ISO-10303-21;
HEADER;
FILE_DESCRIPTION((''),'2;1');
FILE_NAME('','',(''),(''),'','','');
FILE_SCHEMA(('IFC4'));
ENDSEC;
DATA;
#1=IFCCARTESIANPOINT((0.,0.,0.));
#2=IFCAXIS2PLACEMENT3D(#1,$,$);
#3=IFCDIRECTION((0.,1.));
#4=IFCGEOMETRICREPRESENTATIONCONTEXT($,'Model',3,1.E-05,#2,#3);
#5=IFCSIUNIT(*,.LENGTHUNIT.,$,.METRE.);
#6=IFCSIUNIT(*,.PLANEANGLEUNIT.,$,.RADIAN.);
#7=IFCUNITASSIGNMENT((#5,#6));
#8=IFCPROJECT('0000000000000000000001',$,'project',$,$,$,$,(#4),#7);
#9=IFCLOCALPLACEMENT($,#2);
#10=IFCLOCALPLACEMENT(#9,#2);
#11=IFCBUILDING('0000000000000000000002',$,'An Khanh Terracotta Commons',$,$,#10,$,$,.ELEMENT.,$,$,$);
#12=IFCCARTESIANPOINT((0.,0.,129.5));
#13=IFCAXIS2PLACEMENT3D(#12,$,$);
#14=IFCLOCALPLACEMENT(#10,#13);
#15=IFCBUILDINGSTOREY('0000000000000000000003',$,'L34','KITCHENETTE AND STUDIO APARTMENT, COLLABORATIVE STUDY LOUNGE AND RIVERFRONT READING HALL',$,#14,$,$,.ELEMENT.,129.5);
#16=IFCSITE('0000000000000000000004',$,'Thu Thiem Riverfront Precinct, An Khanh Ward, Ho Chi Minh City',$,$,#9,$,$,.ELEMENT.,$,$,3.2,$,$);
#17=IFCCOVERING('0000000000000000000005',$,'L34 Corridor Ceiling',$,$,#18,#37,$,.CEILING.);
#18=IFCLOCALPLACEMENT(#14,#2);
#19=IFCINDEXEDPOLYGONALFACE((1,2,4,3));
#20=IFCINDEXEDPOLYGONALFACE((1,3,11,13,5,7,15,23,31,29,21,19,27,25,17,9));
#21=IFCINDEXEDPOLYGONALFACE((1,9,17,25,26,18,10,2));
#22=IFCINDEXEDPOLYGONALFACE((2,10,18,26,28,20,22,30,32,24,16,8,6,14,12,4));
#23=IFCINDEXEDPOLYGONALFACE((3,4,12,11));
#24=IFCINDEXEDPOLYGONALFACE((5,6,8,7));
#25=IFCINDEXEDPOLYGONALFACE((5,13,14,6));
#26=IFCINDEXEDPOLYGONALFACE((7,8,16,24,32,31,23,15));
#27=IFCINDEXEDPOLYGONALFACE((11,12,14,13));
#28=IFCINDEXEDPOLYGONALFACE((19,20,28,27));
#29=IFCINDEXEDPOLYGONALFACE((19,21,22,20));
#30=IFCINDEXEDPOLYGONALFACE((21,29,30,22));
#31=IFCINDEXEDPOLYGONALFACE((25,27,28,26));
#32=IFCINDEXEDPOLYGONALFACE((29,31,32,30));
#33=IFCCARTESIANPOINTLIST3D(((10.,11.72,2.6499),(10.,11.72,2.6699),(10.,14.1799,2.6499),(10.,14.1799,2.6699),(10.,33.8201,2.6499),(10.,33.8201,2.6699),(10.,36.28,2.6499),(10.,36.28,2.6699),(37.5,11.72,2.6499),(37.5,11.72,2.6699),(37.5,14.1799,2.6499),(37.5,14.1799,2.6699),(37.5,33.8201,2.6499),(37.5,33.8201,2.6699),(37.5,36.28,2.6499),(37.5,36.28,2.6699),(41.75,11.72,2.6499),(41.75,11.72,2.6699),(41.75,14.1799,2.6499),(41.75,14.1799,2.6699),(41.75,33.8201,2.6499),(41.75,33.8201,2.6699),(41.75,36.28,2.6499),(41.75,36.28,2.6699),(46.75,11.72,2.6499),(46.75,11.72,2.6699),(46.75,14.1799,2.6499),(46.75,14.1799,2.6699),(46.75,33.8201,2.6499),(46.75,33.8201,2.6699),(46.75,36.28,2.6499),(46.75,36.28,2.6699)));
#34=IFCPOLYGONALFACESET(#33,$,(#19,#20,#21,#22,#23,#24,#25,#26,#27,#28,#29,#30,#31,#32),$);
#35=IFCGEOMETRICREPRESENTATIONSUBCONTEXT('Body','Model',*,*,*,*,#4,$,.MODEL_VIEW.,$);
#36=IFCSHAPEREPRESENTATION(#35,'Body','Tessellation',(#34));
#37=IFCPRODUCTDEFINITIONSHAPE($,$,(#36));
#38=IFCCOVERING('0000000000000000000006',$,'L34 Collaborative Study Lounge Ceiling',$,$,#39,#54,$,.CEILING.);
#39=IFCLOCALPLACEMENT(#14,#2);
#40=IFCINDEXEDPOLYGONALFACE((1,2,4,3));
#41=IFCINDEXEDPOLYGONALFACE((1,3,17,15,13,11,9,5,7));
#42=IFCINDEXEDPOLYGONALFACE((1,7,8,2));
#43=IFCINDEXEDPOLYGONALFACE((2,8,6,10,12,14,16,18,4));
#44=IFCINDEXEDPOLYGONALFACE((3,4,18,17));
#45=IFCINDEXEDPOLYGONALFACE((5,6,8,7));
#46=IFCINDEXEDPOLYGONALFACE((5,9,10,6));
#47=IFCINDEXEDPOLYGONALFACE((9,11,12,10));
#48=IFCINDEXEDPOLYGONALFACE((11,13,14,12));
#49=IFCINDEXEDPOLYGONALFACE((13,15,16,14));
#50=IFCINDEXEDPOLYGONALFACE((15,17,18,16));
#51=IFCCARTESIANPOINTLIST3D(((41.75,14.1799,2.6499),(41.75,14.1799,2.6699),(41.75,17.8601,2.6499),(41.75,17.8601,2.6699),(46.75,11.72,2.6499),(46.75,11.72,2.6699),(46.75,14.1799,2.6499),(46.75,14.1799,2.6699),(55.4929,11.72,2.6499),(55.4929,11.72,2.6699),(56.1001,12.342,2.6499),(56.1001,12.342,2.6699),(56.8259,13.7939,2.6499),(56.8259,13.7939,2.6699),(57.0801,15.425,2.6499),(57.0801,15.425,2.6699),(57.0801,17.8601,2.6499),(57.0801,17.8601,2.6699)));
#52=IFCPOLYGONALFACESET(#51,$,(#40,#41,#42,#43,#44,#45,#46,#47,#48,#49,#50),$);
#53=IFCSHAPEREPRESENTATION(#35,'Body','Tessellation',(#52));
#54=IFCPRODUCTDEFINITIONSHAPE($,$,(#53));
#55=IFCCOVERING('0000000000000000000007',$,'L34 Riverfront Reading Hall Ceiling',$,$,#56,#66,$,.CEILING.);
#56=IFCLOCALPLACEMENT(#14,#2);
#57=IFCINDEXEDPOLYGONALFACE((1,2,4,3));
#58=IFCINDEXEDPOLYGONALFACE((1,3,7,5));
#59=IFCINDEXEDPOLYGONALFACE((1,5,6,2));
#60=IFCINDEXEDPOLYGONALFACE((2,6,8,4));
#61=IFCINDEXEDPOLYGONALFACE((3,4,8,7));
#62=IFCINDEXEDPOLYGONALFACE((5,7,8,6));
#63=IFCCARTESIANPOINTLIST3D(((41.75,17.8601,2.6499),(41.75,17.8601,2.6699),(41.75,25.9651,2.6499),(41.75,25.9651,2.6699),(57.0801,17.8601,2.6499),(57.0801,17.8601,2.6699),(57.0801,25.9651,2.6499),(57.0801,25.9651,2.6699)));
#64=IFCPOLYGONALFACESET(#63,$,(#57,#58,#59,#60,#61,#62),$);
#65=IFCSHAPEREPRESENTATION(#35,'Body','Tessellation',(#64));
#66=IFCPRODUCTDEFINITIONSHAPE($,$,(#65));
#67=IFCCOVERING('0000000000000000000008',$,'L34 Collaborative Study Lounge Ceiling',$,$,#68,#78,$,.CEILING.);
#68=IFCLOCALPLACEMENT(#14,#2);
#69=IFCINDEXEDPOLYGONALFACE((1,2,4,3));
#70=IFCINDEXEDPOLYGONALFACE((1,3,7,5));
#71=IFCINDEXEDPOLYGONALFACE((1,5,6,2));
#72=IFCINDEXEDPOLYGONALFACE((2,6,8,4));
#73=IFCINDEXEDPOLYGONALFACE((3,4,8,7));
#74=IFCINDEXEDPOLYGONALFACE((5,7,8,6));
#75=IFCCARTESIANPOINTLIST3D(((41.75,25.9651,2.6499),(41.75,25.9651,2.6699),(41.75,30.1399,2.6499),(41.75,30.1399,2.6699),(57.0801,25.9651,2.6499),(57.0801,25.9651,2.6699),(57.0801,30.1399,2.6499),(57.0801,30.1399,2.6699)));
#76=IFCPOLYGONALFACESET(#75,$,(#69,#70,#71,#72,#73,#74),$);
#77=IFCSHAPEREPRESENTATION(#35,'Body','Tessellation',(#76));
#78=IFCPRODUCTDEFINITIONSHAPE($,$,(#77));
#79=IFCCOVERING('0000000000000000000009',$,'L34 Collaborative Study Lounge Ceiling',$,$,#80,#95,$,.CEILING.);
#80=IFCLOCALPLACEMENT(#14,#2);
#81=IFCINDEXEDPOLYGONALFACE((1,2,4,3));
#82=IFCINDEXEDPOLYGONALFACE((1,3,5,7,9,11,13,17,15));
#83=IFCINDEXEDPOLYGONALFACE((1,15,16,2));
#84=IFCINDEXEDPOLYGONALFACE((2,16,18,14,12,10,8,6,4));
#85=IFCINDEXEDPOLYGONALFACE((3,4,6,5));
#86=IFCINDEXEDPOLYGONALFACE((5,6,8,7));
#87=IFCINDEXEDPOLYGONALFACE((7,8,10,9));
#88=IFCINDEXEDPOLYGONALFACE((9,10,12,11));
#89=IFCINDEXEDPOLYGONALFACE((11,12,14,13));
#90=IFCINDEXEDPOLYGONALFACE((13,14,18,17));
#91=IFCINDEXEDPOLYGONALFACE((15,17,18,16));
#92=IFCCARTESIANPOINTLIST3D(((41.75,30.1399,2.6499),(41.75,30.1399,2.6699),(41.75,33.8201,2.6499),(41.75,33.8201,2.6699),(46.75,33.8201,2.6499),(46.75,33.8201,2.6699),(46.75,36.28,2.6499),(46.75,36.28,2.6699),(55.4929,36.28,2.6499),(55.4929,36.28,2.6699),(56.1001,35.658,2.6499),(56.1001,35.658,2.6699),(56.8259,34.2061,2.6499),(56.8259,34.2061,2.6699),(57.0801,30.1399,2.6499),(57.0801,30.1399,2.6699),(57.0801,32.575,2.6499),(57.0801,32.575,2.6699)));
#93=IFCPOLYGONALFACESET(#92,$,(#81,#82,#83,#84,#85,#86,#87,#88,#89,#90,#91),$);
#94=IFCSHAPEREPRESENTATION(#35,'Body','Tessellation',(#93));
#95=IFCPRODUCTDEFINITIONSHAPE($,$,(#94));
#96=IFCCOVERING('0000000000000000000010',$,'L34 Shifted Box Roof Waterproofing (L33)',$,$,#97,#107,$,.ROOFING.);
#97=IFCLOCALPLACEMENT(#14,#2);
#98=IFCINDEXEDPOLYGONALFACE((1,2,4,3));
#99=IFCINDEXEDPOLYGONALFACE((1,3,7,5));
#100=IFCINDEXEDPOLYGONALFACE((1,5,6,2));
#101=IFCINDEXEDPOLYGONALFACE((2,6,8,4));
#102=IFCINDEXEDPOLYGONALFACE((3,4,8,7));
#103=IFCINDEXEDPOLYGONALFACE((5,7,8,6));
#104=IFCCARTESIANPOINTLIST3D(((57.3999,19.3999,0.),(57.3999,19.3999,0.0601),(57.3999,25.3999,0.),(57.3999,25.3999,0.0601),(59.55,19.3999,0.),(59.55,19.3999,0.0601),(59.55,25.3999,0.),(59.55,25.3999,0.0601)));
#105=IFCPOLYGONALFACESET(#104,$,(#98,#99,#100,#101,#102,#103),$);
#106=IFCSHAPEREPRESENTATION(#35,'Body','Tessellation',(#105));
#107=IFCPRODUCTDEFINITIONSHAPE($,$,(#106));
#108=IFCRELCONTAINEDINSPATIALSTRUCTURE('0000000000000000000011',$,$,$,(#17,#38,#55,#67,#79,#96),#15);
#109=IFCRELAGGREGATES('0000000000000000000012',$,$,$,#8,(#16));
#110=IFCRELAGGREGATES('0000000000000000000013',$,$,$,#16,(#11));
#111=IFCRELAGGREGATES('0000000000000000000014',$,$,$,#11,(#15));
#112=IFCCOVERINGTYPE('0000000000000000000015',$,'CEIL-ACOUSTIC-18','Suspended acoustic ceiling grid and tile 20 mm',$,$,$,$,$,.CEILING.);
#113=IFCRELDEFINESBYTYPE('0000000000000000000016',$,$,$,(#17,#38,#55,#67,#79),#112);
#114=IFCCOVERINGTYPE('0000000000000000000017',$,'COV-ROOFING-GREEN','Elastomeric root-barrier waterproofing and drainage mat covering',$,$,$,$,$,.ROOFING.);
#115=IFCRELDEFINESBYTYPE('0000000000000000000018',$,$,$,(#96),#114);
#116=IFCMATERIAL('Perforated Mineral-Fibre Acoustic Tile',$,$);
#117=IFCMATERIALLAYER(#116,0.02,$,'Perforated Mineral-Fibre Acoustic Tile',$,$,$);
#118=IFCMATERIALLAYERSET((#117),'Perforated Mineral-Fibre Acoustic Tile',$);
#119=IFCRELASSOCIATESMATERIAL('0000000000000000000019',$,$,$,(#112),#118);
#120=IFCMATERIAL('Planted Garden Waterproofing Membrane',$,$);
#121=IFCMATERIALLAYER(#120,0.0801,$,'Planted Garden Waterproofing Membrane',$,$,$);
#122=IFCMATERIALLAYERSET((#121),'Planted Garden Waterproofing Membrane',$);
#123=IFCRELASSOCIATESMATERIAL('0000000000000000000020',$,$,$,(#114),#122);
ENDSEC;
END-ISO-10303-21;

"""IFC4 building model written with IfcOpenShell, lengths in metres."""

from ifc_helpers import new_model, si_unit, direction, frame, origin, place, context, subcontext, project, spatial, polyline, outline, extrude, material, layer, layer_set, type_object, element, save


model = new_model("IFC4")

# Units and contexts
model_context = context("Model", 3, precision=1e-05, world=origin(), true_north=direction((0.0, 1.0)))
body_context = subcontext(model_context, "Body", "Model", "MODEL_VIEW")
ifc_project = project(units=[si_unit("LENGTHUNIT", "METRE"), si_unit("PLANEANGLEUNIT", "RADIAN")], contexts=[model_context])

# Site, building, storey
site_placement = place(None, origin())
site = spatial("IfcSite", under=ifc_project, at=site_placement, Name="Thu Thiem Riverfront Precinct, An Khanh Ward, Ho Chi Minh City", CompositionType="ELEMENT", RefElevation=3.2)
building_placement = place(site_placement, origin())
building = spatial("IfcBuilding", under=site, at=building_placement, Name="An Khanh Terracotta Commons", CompositionType="ELEMENT")
storey_placement = place(building_placement, frame((0.0, 0.0, 129.5)))
storey = spatial("IfcBuildingStorey", under=building, at=storey_placement, Name="L34", Description="KITCHENETTE AND STUDIO APARTMENT, COLLABORATIVE STUDY LOUNGE AND RIVERFRONT READING HALL", CompositionType="ELEMENT", Elevation=129.5)

# Coverings
ifc_material_1 = material(Name="Perforated Mineral-Fibre Acoustic Tile")
ifc_layer_1 = layer(ifc_material_1, 0.02, Name="Perforated Mineral-Fibre Acoustic Tile")
ifc_layer_set_1 = layer_set([ifc_layer_1], Name="Perforated Mineral-Fibre Acoustic Tile")
covering_type_1 = type_object("IfcCoveringType", Name="CEIL-ACOUSTIC-18", Description="Suspended acoustic ceiling grid and tile 20 mm", PredefinedType="CEILING", material=ifc_layer_set_1)
covering_1_placement = place(storey_placement, frame((0.0, 0.0, 2.6499)))
element("IfcCovering", 1, at=covering_1_placement, inside=storey, type_object=covering_type_1, Name="L34 Corridor Ceiling", PredefinedType="CEILING", context=body_context, shape_type="SweptSolid", body=[
    extrude(outline(polyline([(37.5, 14.1799), (37.5, 33.8201), (10.0, 33.8201), (10.0, 36.28), (37.5, 36.28), (41.75, 36.28), (46.75, 36.28), (46.75, 33.8201), (41.75, 33.8201), (41.75, 14.1799), (46.75, 14.1799), (46.75, 11.72), (41.75, 11.72), (37.5, 11.72), (10.0, 11.72), (10.0, 14.1799), (37.5, 14.1799)])), origin(), (0.0, 0.0, 1.0), 0.02),
])
covering_2_placement = place(storey_placement, frame((0.0, 0.0, 2.6499)))
element("IfcCovering", 2, at=covering_2_placement, inside=storey, type_object=covering_type_1, Name="L34 Collaborative Study Lounge Ceiling", PredefinedType="CEILING", context=body_context, shape_type="SweptSolid", body=[
    extrude(outline(polyline([(57.0801, 15.425), (56.8259, 13.7939), (56.1001, 12.342), (55.4929, 11.72), (46.75, 11.72), (46.75, 14.1799), (41.75, 14.1799), (41.75, 17.8601), (57.0801, 17.8601), (57.0801, 15.425)])), origin(), (0.0, 0.0, 1.0), 0.02),
])
covering_3_placement = place(storey_placement, frame((0.0, 0.0, 2.6499)))
element("IfcCovering", 3, at=covering_3_placement, inside=storey, type_object=covering_type_1, Name="L34 Riverfront Reading Hall Ceiling", PredefinedType="CEILING", context=body_context, shape_type="SweptSolid", body=[
    extrude(outline(polyline([(57.0801, 17.8601), (41.75, 17.8601), (41.75, 25.9651), (57.0801, 25.9651), (57.0801, 17.8601)])), origin(), (0.0, 0.0, 1.0), 0.02),
])
covering_4_placement = place(storey_placement, frame((0.0, 0.0, 2.6499)))
element("IfcCovering", 4, at=covering_4_placement, inside=storey, type_object=covering_type_1, Name="L34 Collaborative Study Lounge Ceiling", PredefinedType="CEILING", context=body_context, shape_type="SweptSolid", body=[
    extrude(outline(polyline([(57.0801, 25.9651), (41.75, 25.9651), (41.75, 30.1399), (57.0801, 30.1399), (57.0801, 25.9651)])), origin(), (0.0, 0.0, 1.0), 0.02),
])
covering_5_placement = place(storey_placement, frame((0.0, 0.0, 2.6499)))
element("IfcCovering", 5, at=covering_5_placement, inside=storey, type_object=covering_type_1, Name="L34 Collaborative Study Lounge Ceiling", PredefinedType="CEILING", context=body_context, shape_type="SweptSolid", body=[
    extrude(outline(polyline([(56.1001, 35.658), (56.8259, 34.2061), (57.0801, 32.575), (57.0801, 30.1399), (41.75, 30.1399), (41.75, 33.8201), (46.75, 33.8201), (46.75, 36.28), (55.4929, 36.28), (56.1001, 35.658)])), origin(), (0.0, 0.0, 1.0), 0.02),
])
ifc_material_2 = material(Name="Planted Garden Waterproofing Membrane")
ifc_layer_2 = layer(ifc_material_2, 0.0801, Name="Planted Garden Waterproofing Membrane")
ifc_layer_set_2 = layer_set([ifc_layer_2], Name="Planted Garden Waterproofing Membrane")
covering_type_2 = type_object("IfcCoveringType", Name="COV-ROOFING-GREEN", Description="Elastomeric root-barrier waterproofing and drainage mat covering", PredefinedType="ROOFING", material=ifc_layer_set_2)
covering_6_placement = place(storey_placement, origin())
element("IfcCovering", 6, at=covering_6_placement, inside=storey, type_object=covering_type_2, Name="L34 Shifted Box Roof Waterproofing (L33)", PredefinedType="ROOFING", context=body_context, shape_type="SweptSolid", body=[
    extrude(outline(polyline([(57.3999, 19.3999), (59.55, 19.3999), (59.55, 25.3999), (57.3999, 25.3999), (57.3999, 19.3999)])), origin(), (0.0, 0.0, 1.0), 0.0601),
])

save(model, "model.ifc")
